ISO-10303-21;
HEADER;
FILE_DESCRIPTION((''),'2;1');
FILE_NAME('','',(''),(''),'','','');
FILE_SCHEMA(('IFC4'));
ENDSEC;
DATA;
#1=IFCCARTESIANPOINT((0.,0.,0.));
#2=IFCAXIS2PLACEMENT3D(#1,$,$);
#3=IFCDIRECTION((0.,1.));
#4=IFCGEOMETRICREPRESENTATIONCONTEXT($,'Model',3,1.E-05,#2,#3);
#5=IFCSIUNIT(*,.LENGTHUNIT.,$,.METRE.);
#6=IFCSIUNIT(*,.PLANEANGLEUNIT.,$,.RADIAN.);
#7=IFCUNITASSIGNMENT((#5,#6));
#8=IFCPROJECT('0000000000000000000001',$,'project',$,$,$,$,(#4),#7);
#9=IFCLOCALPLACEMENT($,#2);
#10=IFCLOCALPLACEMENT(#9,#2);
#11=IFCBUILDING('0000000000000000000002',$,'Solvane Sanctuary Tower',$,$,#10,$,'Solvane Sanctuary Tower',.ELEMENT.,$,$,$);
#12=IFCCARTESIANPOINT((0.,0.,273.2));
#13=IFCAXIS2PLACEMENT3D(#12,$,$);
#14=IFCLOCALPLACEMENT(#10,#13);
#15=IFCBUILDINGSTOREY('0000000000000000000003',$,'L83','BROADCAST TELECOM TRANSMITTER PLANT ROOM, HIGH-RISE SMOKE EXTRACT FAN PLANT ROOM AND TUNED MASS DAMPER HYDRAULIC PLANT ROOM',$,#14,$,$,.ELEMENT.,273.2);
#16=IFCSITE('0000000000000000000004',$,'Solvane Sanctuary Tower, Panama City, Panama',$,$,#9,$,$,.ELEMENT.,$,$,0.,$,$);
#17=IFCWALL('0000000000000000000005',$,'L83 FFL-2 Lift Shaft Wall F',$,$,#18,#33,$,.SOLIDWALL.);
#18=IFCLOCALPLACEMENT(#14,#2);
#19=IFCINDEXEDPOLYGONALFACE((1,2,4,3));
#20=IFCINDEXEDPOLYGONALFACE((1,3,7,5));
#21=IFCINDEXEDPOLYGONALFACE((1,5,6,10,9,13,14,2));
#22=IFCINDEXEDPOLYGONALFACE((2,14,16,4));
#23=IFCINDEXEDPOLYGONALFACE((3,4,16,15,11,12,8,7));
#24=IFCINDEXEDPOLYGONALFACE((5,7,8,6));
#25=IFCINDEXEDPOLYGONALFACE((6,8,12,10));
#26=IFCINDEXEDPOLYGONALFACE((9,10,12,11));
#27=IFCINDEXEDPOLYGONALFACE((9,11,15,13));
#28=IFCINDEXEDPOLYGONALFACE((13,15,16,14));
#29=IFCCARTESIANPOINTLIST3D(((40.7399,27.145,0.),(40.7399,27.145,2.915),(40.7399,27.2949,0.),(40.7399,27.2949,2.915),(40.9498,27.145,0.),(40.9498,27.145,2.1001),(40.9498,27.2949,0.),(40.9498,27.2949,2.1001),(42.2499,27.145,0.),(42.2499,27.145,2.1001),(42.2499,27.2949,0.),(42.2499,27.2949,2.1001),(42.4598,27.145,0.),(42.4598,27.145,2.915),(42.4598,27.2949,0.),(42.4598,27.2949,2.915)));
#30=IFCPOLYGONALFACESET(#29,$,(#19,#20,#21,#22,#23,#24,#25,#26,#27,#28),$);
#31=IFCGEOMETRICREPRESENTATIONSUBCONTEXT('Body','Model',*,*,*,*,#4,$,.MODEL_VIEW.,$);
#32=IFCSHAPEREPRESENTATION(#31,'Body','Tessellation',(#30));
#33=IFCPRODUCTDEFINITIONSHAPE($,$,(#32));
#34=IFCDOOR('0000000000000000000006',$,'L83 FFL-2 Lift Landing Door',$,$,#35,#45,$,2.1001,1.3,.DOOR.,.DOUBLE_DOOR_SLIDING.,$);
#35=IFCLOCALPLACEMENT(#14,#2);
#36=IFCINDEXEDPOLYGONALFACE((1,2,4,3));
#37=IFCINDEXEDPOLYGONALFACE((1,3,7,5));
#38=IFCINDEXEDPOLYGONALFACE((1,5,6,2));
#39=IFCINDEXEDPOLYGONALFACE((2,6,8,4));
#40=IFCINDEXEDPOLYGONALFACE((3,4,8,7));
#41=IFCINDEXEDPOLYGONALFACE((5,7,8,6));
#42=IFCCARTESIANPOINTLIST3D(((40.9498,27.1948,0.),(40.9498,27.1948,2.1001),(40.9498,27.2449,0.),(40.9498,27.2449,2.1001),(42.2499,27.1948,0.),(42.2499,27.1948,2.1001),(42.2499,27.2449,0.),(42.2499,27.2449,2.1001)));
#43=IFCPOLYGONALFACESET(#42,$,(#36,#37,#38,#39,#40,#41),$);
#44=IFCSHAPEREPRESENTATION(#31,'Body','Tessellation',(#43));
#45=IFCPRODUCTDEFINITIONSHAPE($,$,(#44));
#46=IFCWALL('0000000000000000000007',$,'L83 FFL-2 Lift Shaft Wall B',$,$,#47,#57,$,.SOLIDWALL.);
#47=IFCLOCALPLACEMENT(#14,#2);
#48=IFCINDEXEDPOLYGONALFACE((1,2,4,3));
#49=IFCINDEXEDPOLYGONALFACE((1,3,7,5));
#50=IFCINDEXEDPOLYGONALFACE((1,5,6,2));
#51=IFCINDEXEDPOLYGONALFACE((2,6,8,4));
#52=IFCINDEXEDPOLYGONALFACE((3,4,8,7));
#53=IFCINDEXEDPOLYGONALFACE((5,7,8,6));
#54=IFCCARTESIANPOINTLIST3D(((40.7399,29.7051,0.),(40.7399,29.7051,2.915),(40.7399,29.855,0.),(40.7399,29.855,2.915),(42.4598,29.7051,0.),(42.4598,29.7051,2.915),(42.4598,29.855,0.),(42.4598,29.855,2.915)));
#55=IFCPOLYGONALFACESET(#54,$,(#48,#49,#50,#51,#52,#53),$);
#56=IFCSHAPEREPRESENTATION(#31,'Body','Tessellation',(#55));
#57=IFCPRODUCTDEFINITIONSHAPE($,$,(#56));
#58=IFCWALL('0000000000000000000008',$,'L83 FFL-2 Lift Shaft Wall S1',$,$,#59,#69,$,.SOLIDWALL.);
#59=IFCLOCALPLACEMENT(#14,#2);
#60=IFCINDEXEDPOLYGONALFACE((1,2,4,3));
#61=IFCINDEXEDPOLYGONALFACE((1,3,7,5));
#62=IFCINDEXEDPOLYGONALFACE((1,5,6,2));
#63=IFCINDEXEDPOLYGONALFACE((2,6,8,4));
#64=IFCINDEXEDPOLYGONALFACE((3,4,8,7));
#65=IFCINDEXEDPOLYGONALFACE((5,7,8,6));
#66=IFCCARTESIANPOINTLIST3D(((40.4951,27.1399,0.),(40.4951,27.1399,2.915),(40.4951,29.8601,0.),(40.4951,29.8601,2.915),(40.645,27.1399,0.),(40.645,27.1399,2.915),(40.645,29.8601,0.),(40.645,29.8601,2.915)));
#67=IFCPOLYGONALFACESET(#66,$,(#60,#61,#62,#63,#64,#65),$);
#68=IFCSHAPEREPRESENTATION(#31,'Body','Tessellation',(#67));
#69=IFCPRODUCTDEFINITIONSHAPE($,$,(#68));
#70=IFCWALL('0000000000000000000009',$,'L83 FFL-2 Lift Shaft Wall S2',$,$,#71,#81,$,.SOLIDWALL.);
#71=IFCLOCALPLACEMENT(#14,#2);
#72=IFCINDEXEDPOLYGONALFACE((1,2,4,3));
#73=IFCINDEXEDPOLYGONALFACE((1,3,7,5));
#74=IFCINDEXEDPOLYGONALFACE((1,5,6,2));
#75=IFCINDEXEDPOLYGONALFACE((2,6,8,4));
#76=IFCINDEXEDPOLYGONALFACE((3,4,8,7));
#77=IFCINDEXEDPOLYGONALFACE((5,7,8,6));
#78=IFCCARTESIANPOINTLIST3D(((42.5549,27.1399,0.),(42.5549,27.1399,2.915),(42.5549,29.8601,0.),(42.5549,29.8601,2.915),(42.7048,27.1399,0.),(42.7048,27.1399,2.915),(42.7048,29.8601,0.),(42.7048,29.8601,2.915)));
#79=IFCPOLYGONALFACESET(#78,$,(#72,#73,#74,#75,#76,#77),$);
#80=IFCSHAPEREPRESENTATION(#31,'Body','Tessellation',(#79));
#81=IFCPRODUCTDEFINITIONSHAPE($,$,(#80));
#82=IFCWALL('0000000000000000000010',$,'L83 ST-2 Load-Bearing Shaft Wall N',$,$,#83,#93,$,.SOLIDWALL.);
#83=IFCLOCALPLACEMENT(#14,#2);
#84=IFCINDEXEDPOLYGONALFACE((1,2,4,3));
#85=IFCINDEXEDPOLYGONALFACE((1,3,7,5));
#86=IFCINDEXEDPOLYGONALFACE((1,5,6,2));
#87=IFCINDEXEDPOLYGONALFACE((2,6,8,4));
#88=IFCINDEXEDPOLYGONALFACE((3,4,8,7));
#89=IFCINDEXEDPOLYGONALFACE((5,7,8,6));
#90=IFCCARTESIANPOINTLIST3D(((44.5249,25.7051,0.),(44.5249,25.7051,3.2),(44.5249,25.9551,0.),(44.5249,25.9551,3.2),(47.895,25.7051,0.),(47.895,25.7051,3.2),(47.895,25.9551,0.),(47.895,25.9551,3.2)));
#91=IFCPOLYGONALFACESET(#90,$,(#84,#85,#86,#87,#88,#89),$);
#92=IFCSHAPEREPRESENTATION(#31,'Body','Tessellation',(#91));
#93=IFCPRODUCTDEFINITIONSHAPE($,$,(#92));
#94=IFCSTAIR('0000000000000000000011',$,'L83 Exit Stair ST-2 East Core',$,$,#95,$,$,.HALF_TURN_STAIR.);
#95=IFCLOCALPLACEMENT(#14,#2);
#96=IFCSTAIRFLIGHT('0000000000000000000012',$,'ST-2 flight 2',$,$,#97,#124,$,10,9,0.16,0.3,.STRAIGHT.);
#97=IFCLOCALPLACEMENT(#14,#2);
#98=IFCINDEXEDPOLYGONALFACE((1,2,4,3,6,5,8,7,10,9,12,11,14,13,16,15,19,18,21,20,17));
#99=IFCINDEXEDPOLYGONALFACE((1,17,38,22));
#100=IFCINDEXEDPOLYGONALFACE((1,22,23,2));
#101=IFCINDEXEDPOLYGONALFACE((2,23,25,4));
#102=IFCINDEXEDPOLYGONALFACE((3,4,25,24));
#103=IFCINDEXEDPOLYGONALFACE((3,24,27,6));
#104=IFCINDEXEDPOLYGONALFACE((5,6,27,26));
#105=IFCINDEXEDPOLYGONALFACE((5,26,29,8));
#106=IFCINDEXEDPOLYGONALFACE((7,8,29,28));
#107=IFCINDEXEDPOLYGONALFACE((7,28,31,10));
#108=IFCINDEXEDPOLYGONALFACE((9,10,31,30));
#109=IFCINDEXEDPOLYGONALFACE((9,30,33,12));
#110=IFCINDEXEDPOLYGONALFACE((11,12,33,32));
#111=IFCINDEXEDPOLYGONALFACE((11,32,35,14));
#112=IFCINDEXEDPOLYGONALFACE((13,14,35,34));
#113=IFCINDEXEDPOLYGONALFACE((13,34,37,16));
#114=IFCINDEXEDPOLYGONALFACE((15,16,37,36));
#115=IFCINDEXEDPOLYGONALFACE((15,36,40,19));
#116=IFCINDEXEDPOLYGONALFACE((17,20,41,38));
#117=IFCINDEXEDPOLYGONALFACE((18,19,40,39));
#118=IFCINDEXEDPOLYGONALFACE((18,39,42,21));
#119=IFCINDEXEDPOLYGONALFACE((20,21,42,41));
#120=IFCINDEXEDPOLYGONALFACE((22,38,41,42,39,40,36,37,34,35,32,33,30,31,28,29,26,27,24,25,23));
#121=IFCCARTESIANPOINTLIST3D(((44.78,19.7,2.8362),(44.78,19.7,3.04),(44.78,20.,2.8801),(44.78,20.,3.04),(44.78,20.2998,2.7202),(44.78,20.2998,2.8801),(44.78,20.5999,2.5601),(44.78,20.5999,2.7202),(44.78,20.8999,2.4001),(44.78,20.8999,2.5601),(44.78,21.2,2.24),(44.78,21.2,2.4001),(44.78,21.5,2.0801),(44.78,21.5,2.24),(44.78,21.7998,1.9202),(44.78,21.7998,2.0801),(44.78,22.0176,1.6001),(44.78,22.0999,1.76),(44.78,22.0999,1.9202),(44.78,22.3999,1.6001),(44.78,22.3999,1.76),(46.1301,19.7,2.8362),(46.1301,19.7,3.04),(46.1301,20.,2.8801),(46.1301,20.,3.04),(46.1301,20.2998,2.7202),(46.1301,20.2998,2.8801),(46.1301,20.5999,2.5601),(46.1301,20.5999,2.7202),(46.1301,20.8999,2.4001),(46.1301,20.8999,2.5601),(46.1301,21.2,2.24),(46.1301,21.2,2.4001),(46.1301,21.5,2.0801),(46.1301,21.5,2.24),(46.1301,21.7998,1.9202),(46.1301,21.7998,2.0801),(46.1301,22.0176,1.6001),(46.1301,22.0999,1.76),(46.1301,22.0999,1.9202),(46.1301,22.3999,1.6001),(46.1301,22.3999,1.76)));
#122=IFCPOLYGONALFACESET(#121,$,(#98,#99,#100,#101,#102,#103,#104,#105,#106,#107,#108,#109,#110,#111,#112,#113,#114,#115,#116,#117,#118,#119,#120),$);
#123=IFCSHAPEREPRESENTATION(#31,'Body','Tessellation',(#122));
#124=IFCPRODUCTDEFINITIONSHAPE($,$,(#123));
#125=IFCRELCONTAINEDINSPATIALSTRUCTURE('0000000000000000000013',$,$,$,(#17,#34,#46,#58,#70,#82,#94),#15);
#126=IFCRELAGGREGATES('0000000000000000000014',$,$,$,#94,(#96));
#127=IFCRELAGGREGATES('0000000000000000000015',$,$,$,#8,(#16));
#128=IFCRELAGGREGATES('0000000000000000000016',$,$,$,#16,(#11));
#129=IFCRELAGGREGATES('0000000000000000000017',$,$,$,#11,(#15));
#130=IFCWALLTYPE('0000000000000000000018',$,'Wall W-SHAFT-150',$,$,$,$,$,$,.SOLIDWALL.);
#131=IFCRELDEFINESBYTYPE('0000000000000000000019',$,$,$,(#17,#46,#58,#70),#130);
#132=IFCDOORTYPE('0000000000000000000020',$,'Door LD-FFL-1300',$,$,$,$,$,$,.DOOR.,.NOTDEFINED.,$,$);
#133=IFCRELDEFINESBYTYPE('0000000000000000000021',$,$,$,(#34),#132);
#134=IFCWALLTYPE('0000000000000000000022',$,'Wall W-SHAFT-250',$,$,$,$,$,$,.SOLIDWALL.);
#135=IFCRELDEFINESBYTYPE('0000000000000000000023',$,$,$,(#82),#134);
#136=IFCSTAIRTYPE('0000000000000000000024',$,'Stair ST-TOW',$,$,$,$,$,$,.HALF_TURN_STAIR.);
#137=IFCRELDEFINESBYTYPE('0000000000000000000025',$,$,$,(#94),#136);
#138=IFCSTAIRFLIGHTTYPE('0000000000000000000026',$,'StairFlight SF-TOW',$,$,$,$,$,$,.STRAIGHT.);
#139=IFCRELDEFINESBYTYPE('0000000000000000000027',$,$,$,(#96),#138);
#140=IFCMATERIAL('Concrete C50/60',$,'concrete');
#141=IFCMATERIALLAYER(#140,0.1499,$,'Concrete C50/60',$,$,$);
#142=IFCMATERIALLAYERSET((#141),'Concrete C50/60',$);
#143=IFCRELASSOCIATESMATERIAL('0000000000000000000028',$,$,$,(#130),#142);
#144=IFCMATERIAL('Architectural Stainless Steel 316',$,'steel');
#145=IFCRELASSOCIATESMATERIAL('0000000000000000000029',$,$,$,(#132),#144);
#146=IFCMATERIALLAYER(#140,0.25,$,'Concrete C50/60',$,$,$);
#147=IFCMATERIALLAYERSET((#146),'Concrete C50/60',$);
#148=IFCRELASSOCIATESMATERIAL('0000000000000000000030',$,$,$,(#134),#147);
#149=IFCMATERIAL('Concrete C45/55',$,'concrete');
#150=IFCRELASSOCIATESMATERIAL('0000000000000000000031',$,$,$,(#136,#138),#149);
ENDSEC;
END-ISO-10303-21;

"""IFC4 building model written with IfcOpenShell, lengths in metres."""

from ifc_helpers import new_model, si_unit, direction, frame, frame_2d, origin, place, context, subcontext, project, spatial, polyline, rectangle, outline, extrude, material, layer, layer_set, type_object, element, fill, aggregate, save


model = new_model("IFC4")

# Units and contexts
model_context = context("Model", 3, precision=1e-05, world=origin(), true_north=direction((0.0, 1.0)))
body_context = subcontext(model_context, "Body", "Model", "MODEL_VIEW")
ifc_project = project(units=[si_unit("LENGTHUNIT", "METRE"), si_unit("PLANEANGLEUNIT", "RADIAN")], contexts=[model_context])

# Site, building, storey
site_placement = place(None, origin())
site = spatial("IfcSite", under=ifc_project, at=site_placement, Name="Solvane Sanctuary Tower, Panama City, Panama", CompositionType="ELEMENT", RefElevation=0.0)
building_placement = place(site_placement, origin())
building = spatial("IfcBuilding", under=site, at=building_placement, Name="Solvane Sanctuary Tower", LongName="Solvane Sanctuary Tower", CompositionType="ELEMENT")
storey_placement = place(building_placement, frame((0.0, 0.0, 273.2)))
storey = spatial("IfcBuildingStorey", under=building, at=storey_placement, Name="L83", Description="BROADCAST TELECOM TRANSMITTER PLANT ROOM, HIGH-RISE SMOKE EXTRACT FAN PLANT ROOM AND TUNED MASS DAMPER HYDRAULIC PLANT ROOM", CompositionType="ELEMENT", Elevation=273.2)

# Shared definitions
ifc_material_1 = material(Name="Architectural Stainless Steel 316", Category="steel")

# Wall, opening, door
ifc_material_2 = material(Name="Concrete C50/60", Category="concrete")
ifc_layer_1 = layer(ifc_material_2, 0.1499, Name="Concrete C50/60")
ifc_layer_set_1 = layer_set([ifc_layer_1], Name="Concrete C50/60")
wall_type_1 = type_object("IfcWallType", Name="Wall W-SHAFT-150", PredefinedType="SOLIDWALL", material=ifc_layer_set_1)
wall_1_placement = place(storey_placement, frame((40.74, 27.22, 0.0), z_axis=(0.0, 0.0, 1.0), x_axis=(1.0, 0.0, 0.0)))
wall_1 = element("IfcWall", 1, at=wall_1_placement, inside=storey, type_object=wall_type_1, Name="L83 FFL-2 Lift Shaft Wall F", PredefinedType="SOLIDWALL", context=body_context, shape_type="SweptSolid", body=[
    extrude(rectangle(XDim=1.72, YDim=0.1499, at=frame_2d((0.8599, 0.0))), origin(), (0.0, 0.0, 1.0), 2.915),
])
opening_1_placement = place(wall_1_placement, frame((0.21, 0.0, 0.0)))
opening_1 = element("IfcOpeningElement", 2, at=opening_1_placement, cuts=wall_1, PredefinedType="OPENING", context=body_context, shape_type="SweptSolid", body=[
    extrude(rectangle(XDim=1.3, YDim=2.1001, at=frame_2d((0.6499, 1.05))), frame((0.0, 0.085, 0.0), z_axis=(0.0, -1.0, 0.0), x_axis=(1.0, 0.0, 0.0)), (0.0, 0.0, 1.0), 0.1699),
])
door_type_1 = type_object("IfcDoorType", Name="Door LD-FFL-1300", OperationType="NOTDEFINED", PredefinedType="DOOR", material=ifc_material_1)
door_1_placement = place(opening_1_placement, origin())
door_1 = element("IfcDoor", 3, at=door_1_placement, inside=storey, type_object=door_type_1, Name="L83 FFL-2 Lift Landing Door", OperationType="DOUBLE_DOOR_SLIDING", OverallHeight=2.1001, OverallWidth=1.3, PredefinedType="DOOR", context=body_context, shape_type="SweptSolid", body=[
    extrude(rectangle(XDim=1.3, YDim=2.1001, at=frame_2d((0.6499, 1.05))), frame((0.0, 0.0249, 0.0), z_axis=(0.0, -1.0, 0.0), x_axis=(1.0, 0.0, 0.0)), (0.0, 0.0, 1.0), 0.05),
])
fill(opening_1, door_1)

# Walls
wall_2_placement = place(storey_placement, frame((40.74, 29.78, 0.0), z_axis=(0.0, 0.0, 1.0), x_axis=(1.0, 0.0, 0.0)))
element("IfcWall", 4, at=wall_2_placement, inside=storey, type_object=wall_type_1, Name="L83 FFL-2 Lift Shaft Wall B", PredefinedType="SOLIDWALL", context=body_context, shape_type="SweptSolid", body=[
    extrude(rectangle(XDim=1.72, YDim=0.1499, at=frame_2d((0.8599, 0.0))), origin(), (0.0, 0.0, 1.0), 2.915),
])
for number, where, z_axis, x_axis, name in (
    (5, (40.5701, 27.1399, 0.0), (0.0, 0.0, 1.0), (0.0, 1.0, 0.0), "L83 FFL-2 Lift Shaft Wall S1"),
    (6, (42.6299, 27.1399, 0.0), (0.0, 0.0, 1.0), (0.0, 1.0, 0.0), "L83 FFL-2 Lift Shaft Wall S2"),
):
    element("IfcWall", number, at=place(storey_placement, frame(where, z_axis=z_axis, x_axis=x_axis)), inside=storey, type_object=wall_type_1, Name=name, PredefinedType="SOLIDWALL", context=body_context, shape_type="SweptSolid", body=[
        extrude(rectangle(XDim=2.7202, YDim=0.1499, at=frame_2d((1.3601, 0.0))), origin(), (0.0, 0.0, 1.0), 2.915),
    ])
ifc_layer_2 = layer(ifc_material_2, 0.25, Name="Concrete C50/60")
ifc_layer_set_2 = layer_set([ifc_layer_2], Name="Concrete C50/60")
wall_type_2 = type_object("IfcWallType", Name="Wall W-SHAFT-250", PredefinedType="SOLIDWALL", material=ifc_layer_set_2)
wall_3_placement = place(storey_placement, frame((44.5249, 25.8301, 0.0), z_axis=(0.0, 0.0, 1.0), x_axis=(1.0, 0.0, 0.0)))
element("IfcWall", 7, at=wall_3_placement, inside=storey, type_object=wall_type_2, Name="L83 ST-2 Load-Bearing Shaft Wall N", PredefinedType="SOLIDWALL", context=body_context, shape_type="SweptSolid", body=[
    extrude(rectangle(XDim=3.3701, YDim=0.25, at=frame_2d((1.6851, 0.0))), origin(), (0.0, 0.0, 1.0), 3.2),
])

# Stair, stair flight
ifc_material_3 = material(Name="Concrete C45/55", Category="concrete")
stair_type = type_object("IfcStairType", Name="Stair ST-TOW", PredefinedType="HALF_TURN_STAIR", material=ifc_material_3)
stair_placement = place(storey_placement, origin())
stair = element("IfcStair", 8, at=stair_placement, inside=storey, type_object=stair_type, Name="L83 Exit Stair ST-2 East Core", PredefinedType="HALF_TURN_STAIR")
stair_flight_type = type_object("IfcStairFlightType", Name="StairFlight SF-TOW", PredefinedType="STRAIGHT", material=ifc_material_3)
stair_flight_placement = place(storey_placement, frame((45.4551, 22.3999, 1.6001), z_axis=(0.0, 0.0, 1.0), x_axis=(0.0, -1.0, 0.0)))
stair_flight = element("IfcStairFlight", 9, at=stair_flight_placement, type_object=stair_flight_type, Name="ST-2 flight 2", NumberOfRisers=10, NumberOfTreads=9, PredefinedType="STRAIGHT", RiserHeight=0.16, TreadLength=0.3, context=body_context, shape_type="SweptSolid", body=[
    extrude(outline(polyline([(0.0, 0.0), (0.0, 0.1599), (0.3, 0.1599), (0.3, 0.3201), (0.6001, 0.3201), (0.6001, 0.48), (0.8999, 0.48), (0.8999, 0.6399), (1.2, 0.6399), (1.2, 0.8), (1.5, 0.8), (1.5, 0.96), (1.8, 0.96), (1.8, 1.1201), (2.1001, 1.1201), (2.1001, 1.28), (2.3999, 1.28), (2.3999, 1.4399), (2.7, 1.4399), (2.7, 1.6001), (2.7, 1.2361), (0.3823, 0.0), (0.0, 0.0)])), frame((0.0, 0.675, 0.0), z_axis=(0.0, -1.0, 0.0), x_axis=(1.0, 0.0, 0.0)), (0.0, 0.0, 1.0), 1.3501),
])
aggregate(stair, [stair_flight])

save(model, "model.ifc")
